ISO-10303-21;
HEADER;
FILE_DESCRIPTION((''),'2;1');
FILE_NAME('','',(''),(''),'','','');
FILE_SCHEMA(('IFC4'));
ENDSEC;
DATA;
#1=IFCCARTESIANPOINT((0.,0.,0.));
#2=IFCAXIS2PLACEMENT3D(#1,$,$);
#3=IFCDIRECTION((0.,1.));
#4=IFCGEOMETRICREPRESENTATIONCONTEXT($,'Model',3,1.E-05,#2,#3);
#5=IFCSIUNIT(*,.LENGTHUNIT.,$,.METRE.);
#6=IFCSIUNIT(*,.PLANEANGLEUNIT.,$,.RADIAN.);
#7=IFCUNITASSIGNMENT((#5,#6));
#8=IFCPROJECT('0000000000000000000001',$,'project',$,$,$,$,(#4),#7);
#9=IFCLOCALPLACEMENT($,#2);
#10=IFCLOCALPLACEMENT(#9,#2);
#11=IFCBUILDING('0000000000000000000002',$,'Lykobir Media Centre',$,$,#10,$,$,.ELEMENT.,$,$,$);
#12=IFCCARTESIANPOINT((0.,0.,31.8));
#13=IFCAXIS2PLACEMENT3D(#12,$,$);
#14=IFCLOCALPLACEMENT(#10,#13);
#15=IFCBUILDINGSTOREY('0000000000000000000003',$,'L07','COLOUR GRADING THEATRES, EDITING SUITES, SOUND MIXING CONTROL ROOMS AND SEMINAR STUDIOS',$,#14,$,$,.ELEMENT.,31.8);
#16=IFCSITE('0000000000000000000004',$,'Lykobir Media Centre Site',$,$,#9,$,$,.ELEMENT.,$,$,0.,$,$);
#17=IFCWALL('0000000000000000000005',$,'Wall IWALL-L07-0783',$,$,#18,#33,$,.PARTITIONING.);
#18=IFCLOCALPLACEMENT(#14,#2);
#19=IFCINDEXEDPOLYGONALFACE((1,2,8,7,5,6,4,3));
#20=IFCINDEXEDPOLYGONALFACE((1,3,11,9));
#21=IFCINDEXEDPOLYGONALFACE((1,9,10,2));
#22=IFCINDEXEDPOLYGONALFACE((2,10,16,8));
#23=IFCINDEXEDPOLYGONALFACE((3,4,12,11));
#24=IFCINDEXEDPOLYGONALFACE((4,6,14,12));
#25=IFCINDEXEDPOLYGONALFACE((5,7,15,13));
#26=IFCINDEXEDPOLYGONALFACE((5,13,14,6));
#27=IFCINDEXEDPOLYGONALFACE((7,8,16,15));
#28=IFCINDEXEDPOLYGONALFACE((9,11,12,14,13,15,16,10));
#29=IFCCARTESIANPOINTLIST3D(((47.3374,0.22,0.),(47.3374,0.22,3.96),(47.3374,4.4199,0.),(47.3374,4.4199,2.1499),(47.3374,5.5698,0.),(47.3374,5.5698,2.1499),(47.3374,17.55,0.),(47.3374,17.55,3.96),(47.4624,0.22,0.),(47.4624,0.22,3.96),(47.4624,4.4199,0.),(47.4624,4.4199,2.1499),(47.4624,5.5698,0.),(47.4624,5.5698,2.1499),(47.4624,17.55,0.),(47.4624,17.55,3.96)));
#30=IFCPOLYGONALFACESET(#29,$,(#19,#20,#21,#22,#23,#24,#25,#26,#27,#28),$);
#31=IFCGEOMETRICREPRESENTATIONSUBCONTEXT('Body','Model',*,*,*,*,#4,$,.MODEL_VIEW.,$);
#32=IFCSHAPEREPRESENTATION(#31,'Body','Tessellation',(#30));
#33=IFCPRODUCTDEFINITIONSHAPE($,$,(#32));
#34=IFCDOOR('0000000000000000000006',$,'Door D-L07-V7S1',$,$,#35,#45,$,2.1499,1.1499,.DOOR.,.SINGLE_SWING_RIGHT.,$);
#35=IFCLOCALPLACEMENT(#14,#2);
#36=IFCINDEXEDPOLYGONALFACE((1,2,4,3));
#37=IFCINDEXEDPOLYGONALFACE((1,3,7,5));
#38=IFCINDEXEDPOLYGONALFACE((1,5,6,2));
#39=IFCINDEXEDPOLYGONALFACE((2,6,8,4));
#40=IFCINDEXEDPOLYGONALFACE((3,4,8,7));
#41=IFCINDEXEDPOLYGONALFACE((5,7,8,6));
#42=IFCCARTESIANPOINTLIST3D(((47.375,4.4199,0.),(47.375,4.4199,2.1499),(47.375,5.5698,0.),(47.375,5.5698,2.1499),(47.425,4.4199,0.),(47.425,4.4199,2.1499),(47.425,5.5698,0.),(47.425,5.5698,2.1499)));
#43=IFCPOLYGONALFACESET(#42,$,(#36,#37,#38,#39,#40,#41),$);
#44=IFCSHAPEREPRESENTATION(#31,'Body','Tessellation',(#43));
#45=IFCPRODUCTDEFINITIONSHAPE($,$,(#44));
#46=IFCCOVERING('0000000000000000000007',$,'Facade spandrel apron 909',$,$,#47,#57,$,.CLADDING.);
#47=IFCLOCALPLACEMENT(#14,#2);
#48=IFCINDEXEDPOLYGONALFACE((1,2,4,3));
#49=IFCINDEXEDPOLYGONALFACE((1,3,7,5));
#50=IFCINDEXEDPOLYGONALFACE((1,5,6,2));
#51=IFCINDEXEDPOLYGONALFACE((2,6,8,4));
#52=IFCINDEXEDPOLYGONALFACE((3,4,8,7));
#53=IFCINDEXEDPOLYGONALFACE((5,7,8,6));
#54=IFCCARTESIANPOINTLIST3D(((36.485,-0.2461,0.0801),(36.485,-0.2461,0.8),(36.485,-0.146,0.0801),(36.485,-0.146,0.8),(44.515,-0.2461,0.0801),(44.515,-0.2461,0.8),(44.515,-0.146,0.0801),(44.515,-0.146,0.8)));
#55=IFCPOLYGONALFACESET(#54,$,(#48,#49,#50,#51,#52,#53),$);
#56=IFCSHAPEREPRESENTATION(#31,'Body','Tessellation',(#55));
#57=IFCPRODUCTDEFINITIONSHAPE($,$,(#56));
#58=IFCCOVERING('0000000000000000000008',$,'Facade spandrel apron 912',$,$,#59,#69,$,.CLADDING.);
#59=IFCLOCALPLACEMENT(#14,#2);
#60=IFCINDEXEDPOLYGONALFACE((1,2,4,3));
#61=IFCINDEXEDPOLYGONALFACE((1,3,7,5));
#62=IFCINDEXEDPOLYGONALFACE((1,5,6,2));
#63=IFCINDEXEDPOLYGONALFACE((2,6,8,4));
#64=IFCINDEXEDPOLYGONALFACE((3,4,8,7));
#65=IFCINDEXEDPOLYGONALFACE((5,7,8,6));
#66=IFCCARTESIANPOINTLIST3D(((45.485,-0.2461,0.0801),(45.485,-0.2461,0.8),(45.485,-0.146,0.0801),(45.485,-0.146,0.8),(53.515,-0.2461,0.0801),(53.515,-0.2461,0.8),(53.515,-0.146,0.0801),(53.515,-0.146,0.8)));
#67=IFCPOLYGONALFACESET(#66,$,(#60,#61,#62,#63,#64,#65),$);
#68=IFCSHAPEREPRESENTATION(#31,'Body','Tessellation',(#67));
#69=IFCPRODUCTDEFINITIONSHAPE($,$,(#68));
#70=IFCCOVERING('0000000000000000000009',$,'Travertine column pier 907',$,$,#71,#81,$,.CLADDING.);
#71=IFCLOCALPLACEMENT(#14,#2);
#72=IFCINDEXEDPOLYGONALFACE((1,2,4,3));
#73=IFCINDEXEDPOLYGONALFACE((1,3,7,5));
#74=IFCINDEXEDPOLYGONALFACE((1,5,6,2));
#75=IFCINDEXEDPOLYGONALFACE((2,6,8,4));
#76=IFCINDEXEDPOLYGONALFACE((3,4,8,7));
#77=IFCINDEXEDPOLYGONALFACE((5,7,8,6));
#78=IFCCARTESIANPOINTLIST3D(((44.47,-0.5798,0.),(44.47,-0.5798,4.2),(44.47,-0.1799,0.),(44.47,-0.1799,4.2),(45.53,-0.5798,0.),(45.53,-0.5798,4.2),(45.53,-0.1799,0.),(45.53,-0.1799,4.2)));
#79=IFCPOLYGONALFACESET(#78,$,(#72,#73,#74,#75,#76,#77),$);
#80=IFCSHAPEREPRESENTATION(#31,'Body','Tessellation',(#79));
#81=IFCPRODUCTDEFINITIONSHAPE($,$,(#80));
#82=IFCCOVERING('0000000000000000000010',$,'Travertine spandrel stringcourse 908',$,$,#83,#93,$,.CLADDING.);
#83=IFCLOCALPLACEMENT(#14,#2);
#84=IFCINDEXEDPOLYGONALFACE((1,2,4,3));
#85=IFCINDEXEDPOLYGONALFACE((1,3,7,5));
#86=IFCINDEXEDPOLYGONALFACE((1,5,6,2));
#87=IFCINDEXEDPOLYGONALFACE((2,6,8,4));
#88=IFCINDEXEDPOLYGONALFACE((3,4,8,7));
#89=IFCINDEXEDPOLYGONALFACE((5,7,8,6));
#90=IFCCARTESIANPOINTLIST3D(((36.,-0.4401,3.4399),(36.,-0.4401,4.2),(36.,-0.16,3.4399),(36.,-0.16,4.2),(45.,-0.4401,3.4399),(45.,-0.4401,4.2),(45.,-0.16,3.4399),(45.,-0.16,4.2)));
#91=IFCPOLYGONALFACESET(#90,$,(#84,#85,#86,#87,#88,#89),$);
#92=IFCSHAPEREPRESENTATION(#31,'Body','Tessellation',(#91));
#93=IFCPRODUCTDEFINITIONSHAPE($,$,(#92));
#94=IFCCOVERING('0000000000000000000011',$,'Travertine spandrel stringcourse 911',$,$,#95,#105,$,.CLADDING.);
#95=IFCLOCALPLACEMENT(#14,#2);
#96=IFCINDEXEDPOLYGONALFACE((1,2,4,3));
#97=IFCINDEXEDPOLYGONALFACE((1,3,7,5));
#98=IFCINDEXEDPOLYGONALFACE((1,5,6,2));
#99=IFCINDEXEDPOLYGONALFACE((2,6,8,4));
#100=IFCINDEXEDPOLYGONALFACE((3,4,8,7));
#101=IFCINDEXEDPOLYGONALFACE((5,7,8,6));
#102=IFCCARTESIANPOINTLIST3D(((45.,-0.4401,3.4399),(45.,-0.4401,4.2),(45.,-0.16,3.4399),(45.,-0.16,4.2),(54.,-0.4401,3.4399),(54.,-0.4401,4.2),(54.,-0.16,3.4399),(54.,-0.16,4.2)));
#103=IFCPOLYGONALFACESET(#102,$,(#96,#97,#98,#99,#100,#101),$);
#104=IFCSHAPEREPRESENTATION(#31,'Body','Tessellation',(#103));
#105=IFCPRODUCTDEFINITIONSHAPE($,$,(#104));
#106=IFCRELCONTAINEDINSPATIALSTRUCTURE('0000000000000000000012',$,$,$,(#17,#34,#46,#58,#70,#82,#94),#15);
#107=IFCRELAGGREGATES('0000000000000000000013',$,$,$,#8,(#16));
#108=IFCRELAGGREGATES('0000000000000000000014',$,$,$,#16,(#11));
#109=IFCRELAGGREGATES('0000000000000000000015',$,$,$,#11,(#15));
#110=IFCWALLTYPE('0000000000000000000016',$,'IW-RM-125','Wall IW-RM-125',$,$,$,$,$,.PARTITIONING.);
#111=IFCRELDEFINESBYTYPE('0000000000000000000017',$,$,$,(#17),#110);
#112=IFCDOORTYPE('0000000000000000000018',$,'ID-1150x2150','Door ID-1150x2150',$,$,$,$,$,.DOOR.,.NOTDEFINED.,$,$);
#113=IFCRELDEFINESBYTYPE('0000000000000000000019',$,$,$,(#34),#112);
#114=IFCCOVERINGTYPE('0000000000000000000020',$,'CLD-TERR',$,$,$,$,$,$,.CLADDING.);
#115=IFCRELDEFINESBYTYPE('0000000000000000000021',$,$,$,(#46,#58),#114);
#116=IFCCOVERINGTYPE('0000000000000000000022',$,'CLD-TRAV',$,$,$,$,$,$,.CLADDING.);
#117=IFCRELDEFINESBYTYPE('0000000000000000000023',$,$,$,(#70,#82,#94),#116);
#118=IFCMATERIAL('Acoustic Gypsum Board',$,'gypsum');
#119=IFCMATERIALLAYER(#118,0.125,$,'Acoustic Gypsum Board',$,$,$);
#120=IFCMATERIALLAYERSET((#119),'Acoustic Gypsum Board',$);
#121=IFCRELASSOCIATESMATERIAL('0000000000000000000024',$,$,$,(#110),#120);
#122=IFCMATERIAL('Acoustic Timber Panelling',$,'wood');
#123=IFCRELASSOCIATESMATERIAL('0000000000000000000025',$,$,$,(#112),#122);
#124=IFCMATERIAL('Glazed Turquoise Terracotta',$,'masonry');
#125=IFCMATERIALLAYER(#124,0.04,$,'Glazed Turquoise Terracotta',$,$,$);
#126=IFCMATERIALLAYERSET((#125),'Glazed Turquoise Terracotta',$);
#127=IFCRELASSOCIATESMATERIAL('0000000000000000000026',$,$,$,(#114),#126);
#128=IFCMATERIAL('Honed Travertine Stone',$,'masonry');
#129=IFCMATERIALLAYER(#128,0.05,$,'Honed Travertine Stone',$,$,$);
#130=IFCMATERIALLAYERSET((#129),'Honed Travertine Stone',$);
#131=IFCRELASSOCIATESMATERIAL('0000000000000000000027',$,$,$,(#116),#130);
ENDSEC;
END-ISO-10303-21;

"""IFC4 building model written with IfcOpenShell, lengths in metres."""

from ifc_helpers import new_model, si_unit, direction, frame, frame_2d, origin, origin_2d, place, context, subcontext, project, spatial, rectangle, extrude, material, layer, layer_set, type_object, element, fill, save


model = new_model("IFC4")

# Units and contexts
model_context = context("Model", 3, precision=1e-05, world=origin(), true_north=direction((0.0, 1.0)))
body_context = subcontext(model_context, "Body", "Model", "MODEL_VIEW")
ifc_project = project(units=[si_unit("LENGTHUNIT", "METRE"), si_unit("PLANEANGLEUNIT", "RADIAN")], contexts=[model_context])

# Site, building, storey
site_placement = place(None, origin())
site = spatial("IfcSite", under=ifc_project, at=site_placement, Name="Lykobir Media Centre Site", CompositionType="ELEMENT", RefElevation=0.0)
building_placement = place(site_placement, origin())
building = spatial("IfcBuilding", under=site, at=building_placement, Name="Lykobir Media Centre", CompositionType="ELEMENT")
storey_placement = place(building_placement, frame((0.0, 0.0, 31.8)))
storey = spatial("IfcBuildingStorey", under=building, at=storey_placement, Name="L07", Description="COLOUR GRADING THEATRES, EDITING SUITES, SOUND MIXING CONTROL ROOMS AND SEMINAR STUDIOS", CompositionType="ELEMENT", Elevation=31.8)

# Shared definitions
ifc_material_1 = material(Name="Acoustic Gypsum Board", Category="gypsum")

# Shared definitions
ifc_material_2 = material(Name="Acoustic Timber Panelling", Category="wood")

# Wall, opening, door
ifc_layer_1 = layer(ifc_material_1, 0.125, Name="Acoustic Gypsum Board")
ifc_layer_set_1 = layer_set([ifc_layer_1], Name="Acoustic Gypsum Board")
wall_type_1 = type_object("IfcWallType", Name="IW-RM-125", Description="Wall IW-RM-125", PredefinedType="PARTITIONING", material=ifc_layer_set_1)
wall_1_placement = place(storey_placement, frame((47.3999, 0.22, 0.0), z_axis=(0.0, 0.0, 1.0), x_axis=(0.0, 1.0, 0.0)))
wall_1 = element("IfcWall", 1, at=wall_1_placement, inside=storey, type_object=wall_type_1, Name="Wall IWALL-L07-0783", PredefinedType="PARTITIONING", context=body_context, shape_type="SweptSolid", body=[
    extrude(rectangle(XDim=17.3301, YDim=0.125, at=frame_2d((8.665, 0.0))), origin(), (0.0, 0.0, 1.0), 3.96),
])
opening_1_placement = place(wall_1_placement, frame((4.2, 0.0, 0.0)))
opening_1 = element("IfcOpeningElement", 2, at=opening_1_placement, cuts=wall_1, PredefinedType="OPENING", context=body_context, shape_type="SweptSolid", body=[
    extrude(rectangle(XDim=1.1499, YDim=2.1499, at=frame_2d((0.575, 1.075))), frame((0.0, 0.0725, 0.0), z_axis=(0.0, -1.0, 0.0), x_axis=(1.0, 0.0, 0.0)), (0.0, 0.0, 1.0), 0.145),
])
door_type_1 = type_object("IfcDoorType", Name="ID-1150x2150", Description="Door ID-1150x2150", OperationType="NOTDEFINED", PredefinedType="DOOR", material=ifc_material_2)
door_1_placement = place(opening_1_placement, origin())
door_1 = element("IfcDoor", 3, at=door_1_placement, inside=storey, type_object=door_type_1, Name="Door D-L07-V7S1", OperationType="SINGLE_SWING_RIGHT", OverallHeight=2.1499, OverallWidth=1.1499, PredefinedType="DOOR", context=body_context, shape_type="SweptSolid", body=[
    extrude(rectangle(XDim=1.1499, YDim=2.1499, at=frame_2d((0.575, 1.075))), frame((0.0, 0.0249, 0.0), z_axis=(0.0, -1.0, 0.0), x_axis=(1.0, 0.0, 0.0)), (0.0, 0.0, 1.0), 0.05),
])
fill(opening_1, door_1)

# Coverings
ifc_material_3 = material(Name="Glazed Turquoise Terracotta", Category="masonry")
ifc_layer_2 = layer(ifc_material_3, 0.04, Name="Glazed Turquoise Terracotta")
ifc_layer_set_2 = layer_set([ifc_layer_2], Name="Glazed Turquoise Terracotta")
covering_type_1 = type_object("IfcCoveringType", Name="CLD-TERR", PredefinedType="CLADDING", material=ifc_layer_set_2)
for number, where, z_axis, x_axis, name in (
    (4, (40.5, -0.196, 0.0801), (0.0, 0.0, 1.0), (1.0, 0.0, 0.0), "Facade spandrel apron 909"),
    (5, (49.5, -0.196, 0.0801), (0.0, 0.0, 1.0), (1.0, 0.0, 0.0), "Facade spandrel apron 912"),
):
    element("IfcCovering", number, at=place(storey_placement, frame(where, z_axis=z_axis, x_axis=x_axis)), inside=storey, type_object=covering_type_1, Name=name, PredefinedType="CLADDING", context=body_context, shape_type="SweptSolid", body=[
        extrude(rectangle(XDim=8.03, YDim=0.1001, at=origin_2d()), origin(), (0.0, 0.0, 1.0), 0.72),
    ])
ifc_material_4 = material(Name="Honed Travertine Stone", Category="masonry")
ifc_layer_3 = layer(ifc_material_4, 0.05, Name="Honed Travertine Stone")
ifc_layer_set_3 = layer_set([ifc_layer_3], Name="Honed Travertine Stone")
covering_type_2 = type_object("IfcCoveringType", Name="CLD-TRAV", PredefinedType="CLADDING", material=ifc_layer_set_3)
covering_placement = place(storey_placement, frame((45.0, -0.3799, 0.0), z_axis=(0.0, 0.0, 1.0), x_axis=(1.0, 0.0, 0.0)))
element("IfcCovering", 6, at=covering_placement, inside=storey, type_object=covering_type_2, Name="Travertine column pier 907", PredefinedType="CLADDING", context=body_context, shape_type="SweptSolid", body=[
    extrude(rectangle(XDim=1.0601, YDim=0.3999, at=origin_2d()), origin(), (0.0, 0.0, 1.0), 4.2),
])
for number, where, z_axis, x_axis, name in (
    (7, (40.5, -0.3, 3.4399), (0.0, 0.0, 1.0), (1.0, 0.0, 0.0), "Travertine spandrel stringcourse 908"),
    (8, (49.5, -0.3, 3.4399), (0.0, 0.0, 1.0), (1.0, 0.0, 0.0), "Travertine spandrel stringcourse 911"),
):
    element("IfcCovering", number, at=place(storey_placement, frame(where, z_axis=z_axis, x_axis=x_axis)), inside=storey, type_object=covering_type_2, Name=name, PredefinedType="CLADDING", context=body_context, shape_type="SweptSolid", body=[
        extrude(rectangle(XDim=9.0, YDim=0.28, at=origin_2d()), origin(), (0.0, 0.0, 1.0), 0.76),
    ])

save(model, "model.ifc")
